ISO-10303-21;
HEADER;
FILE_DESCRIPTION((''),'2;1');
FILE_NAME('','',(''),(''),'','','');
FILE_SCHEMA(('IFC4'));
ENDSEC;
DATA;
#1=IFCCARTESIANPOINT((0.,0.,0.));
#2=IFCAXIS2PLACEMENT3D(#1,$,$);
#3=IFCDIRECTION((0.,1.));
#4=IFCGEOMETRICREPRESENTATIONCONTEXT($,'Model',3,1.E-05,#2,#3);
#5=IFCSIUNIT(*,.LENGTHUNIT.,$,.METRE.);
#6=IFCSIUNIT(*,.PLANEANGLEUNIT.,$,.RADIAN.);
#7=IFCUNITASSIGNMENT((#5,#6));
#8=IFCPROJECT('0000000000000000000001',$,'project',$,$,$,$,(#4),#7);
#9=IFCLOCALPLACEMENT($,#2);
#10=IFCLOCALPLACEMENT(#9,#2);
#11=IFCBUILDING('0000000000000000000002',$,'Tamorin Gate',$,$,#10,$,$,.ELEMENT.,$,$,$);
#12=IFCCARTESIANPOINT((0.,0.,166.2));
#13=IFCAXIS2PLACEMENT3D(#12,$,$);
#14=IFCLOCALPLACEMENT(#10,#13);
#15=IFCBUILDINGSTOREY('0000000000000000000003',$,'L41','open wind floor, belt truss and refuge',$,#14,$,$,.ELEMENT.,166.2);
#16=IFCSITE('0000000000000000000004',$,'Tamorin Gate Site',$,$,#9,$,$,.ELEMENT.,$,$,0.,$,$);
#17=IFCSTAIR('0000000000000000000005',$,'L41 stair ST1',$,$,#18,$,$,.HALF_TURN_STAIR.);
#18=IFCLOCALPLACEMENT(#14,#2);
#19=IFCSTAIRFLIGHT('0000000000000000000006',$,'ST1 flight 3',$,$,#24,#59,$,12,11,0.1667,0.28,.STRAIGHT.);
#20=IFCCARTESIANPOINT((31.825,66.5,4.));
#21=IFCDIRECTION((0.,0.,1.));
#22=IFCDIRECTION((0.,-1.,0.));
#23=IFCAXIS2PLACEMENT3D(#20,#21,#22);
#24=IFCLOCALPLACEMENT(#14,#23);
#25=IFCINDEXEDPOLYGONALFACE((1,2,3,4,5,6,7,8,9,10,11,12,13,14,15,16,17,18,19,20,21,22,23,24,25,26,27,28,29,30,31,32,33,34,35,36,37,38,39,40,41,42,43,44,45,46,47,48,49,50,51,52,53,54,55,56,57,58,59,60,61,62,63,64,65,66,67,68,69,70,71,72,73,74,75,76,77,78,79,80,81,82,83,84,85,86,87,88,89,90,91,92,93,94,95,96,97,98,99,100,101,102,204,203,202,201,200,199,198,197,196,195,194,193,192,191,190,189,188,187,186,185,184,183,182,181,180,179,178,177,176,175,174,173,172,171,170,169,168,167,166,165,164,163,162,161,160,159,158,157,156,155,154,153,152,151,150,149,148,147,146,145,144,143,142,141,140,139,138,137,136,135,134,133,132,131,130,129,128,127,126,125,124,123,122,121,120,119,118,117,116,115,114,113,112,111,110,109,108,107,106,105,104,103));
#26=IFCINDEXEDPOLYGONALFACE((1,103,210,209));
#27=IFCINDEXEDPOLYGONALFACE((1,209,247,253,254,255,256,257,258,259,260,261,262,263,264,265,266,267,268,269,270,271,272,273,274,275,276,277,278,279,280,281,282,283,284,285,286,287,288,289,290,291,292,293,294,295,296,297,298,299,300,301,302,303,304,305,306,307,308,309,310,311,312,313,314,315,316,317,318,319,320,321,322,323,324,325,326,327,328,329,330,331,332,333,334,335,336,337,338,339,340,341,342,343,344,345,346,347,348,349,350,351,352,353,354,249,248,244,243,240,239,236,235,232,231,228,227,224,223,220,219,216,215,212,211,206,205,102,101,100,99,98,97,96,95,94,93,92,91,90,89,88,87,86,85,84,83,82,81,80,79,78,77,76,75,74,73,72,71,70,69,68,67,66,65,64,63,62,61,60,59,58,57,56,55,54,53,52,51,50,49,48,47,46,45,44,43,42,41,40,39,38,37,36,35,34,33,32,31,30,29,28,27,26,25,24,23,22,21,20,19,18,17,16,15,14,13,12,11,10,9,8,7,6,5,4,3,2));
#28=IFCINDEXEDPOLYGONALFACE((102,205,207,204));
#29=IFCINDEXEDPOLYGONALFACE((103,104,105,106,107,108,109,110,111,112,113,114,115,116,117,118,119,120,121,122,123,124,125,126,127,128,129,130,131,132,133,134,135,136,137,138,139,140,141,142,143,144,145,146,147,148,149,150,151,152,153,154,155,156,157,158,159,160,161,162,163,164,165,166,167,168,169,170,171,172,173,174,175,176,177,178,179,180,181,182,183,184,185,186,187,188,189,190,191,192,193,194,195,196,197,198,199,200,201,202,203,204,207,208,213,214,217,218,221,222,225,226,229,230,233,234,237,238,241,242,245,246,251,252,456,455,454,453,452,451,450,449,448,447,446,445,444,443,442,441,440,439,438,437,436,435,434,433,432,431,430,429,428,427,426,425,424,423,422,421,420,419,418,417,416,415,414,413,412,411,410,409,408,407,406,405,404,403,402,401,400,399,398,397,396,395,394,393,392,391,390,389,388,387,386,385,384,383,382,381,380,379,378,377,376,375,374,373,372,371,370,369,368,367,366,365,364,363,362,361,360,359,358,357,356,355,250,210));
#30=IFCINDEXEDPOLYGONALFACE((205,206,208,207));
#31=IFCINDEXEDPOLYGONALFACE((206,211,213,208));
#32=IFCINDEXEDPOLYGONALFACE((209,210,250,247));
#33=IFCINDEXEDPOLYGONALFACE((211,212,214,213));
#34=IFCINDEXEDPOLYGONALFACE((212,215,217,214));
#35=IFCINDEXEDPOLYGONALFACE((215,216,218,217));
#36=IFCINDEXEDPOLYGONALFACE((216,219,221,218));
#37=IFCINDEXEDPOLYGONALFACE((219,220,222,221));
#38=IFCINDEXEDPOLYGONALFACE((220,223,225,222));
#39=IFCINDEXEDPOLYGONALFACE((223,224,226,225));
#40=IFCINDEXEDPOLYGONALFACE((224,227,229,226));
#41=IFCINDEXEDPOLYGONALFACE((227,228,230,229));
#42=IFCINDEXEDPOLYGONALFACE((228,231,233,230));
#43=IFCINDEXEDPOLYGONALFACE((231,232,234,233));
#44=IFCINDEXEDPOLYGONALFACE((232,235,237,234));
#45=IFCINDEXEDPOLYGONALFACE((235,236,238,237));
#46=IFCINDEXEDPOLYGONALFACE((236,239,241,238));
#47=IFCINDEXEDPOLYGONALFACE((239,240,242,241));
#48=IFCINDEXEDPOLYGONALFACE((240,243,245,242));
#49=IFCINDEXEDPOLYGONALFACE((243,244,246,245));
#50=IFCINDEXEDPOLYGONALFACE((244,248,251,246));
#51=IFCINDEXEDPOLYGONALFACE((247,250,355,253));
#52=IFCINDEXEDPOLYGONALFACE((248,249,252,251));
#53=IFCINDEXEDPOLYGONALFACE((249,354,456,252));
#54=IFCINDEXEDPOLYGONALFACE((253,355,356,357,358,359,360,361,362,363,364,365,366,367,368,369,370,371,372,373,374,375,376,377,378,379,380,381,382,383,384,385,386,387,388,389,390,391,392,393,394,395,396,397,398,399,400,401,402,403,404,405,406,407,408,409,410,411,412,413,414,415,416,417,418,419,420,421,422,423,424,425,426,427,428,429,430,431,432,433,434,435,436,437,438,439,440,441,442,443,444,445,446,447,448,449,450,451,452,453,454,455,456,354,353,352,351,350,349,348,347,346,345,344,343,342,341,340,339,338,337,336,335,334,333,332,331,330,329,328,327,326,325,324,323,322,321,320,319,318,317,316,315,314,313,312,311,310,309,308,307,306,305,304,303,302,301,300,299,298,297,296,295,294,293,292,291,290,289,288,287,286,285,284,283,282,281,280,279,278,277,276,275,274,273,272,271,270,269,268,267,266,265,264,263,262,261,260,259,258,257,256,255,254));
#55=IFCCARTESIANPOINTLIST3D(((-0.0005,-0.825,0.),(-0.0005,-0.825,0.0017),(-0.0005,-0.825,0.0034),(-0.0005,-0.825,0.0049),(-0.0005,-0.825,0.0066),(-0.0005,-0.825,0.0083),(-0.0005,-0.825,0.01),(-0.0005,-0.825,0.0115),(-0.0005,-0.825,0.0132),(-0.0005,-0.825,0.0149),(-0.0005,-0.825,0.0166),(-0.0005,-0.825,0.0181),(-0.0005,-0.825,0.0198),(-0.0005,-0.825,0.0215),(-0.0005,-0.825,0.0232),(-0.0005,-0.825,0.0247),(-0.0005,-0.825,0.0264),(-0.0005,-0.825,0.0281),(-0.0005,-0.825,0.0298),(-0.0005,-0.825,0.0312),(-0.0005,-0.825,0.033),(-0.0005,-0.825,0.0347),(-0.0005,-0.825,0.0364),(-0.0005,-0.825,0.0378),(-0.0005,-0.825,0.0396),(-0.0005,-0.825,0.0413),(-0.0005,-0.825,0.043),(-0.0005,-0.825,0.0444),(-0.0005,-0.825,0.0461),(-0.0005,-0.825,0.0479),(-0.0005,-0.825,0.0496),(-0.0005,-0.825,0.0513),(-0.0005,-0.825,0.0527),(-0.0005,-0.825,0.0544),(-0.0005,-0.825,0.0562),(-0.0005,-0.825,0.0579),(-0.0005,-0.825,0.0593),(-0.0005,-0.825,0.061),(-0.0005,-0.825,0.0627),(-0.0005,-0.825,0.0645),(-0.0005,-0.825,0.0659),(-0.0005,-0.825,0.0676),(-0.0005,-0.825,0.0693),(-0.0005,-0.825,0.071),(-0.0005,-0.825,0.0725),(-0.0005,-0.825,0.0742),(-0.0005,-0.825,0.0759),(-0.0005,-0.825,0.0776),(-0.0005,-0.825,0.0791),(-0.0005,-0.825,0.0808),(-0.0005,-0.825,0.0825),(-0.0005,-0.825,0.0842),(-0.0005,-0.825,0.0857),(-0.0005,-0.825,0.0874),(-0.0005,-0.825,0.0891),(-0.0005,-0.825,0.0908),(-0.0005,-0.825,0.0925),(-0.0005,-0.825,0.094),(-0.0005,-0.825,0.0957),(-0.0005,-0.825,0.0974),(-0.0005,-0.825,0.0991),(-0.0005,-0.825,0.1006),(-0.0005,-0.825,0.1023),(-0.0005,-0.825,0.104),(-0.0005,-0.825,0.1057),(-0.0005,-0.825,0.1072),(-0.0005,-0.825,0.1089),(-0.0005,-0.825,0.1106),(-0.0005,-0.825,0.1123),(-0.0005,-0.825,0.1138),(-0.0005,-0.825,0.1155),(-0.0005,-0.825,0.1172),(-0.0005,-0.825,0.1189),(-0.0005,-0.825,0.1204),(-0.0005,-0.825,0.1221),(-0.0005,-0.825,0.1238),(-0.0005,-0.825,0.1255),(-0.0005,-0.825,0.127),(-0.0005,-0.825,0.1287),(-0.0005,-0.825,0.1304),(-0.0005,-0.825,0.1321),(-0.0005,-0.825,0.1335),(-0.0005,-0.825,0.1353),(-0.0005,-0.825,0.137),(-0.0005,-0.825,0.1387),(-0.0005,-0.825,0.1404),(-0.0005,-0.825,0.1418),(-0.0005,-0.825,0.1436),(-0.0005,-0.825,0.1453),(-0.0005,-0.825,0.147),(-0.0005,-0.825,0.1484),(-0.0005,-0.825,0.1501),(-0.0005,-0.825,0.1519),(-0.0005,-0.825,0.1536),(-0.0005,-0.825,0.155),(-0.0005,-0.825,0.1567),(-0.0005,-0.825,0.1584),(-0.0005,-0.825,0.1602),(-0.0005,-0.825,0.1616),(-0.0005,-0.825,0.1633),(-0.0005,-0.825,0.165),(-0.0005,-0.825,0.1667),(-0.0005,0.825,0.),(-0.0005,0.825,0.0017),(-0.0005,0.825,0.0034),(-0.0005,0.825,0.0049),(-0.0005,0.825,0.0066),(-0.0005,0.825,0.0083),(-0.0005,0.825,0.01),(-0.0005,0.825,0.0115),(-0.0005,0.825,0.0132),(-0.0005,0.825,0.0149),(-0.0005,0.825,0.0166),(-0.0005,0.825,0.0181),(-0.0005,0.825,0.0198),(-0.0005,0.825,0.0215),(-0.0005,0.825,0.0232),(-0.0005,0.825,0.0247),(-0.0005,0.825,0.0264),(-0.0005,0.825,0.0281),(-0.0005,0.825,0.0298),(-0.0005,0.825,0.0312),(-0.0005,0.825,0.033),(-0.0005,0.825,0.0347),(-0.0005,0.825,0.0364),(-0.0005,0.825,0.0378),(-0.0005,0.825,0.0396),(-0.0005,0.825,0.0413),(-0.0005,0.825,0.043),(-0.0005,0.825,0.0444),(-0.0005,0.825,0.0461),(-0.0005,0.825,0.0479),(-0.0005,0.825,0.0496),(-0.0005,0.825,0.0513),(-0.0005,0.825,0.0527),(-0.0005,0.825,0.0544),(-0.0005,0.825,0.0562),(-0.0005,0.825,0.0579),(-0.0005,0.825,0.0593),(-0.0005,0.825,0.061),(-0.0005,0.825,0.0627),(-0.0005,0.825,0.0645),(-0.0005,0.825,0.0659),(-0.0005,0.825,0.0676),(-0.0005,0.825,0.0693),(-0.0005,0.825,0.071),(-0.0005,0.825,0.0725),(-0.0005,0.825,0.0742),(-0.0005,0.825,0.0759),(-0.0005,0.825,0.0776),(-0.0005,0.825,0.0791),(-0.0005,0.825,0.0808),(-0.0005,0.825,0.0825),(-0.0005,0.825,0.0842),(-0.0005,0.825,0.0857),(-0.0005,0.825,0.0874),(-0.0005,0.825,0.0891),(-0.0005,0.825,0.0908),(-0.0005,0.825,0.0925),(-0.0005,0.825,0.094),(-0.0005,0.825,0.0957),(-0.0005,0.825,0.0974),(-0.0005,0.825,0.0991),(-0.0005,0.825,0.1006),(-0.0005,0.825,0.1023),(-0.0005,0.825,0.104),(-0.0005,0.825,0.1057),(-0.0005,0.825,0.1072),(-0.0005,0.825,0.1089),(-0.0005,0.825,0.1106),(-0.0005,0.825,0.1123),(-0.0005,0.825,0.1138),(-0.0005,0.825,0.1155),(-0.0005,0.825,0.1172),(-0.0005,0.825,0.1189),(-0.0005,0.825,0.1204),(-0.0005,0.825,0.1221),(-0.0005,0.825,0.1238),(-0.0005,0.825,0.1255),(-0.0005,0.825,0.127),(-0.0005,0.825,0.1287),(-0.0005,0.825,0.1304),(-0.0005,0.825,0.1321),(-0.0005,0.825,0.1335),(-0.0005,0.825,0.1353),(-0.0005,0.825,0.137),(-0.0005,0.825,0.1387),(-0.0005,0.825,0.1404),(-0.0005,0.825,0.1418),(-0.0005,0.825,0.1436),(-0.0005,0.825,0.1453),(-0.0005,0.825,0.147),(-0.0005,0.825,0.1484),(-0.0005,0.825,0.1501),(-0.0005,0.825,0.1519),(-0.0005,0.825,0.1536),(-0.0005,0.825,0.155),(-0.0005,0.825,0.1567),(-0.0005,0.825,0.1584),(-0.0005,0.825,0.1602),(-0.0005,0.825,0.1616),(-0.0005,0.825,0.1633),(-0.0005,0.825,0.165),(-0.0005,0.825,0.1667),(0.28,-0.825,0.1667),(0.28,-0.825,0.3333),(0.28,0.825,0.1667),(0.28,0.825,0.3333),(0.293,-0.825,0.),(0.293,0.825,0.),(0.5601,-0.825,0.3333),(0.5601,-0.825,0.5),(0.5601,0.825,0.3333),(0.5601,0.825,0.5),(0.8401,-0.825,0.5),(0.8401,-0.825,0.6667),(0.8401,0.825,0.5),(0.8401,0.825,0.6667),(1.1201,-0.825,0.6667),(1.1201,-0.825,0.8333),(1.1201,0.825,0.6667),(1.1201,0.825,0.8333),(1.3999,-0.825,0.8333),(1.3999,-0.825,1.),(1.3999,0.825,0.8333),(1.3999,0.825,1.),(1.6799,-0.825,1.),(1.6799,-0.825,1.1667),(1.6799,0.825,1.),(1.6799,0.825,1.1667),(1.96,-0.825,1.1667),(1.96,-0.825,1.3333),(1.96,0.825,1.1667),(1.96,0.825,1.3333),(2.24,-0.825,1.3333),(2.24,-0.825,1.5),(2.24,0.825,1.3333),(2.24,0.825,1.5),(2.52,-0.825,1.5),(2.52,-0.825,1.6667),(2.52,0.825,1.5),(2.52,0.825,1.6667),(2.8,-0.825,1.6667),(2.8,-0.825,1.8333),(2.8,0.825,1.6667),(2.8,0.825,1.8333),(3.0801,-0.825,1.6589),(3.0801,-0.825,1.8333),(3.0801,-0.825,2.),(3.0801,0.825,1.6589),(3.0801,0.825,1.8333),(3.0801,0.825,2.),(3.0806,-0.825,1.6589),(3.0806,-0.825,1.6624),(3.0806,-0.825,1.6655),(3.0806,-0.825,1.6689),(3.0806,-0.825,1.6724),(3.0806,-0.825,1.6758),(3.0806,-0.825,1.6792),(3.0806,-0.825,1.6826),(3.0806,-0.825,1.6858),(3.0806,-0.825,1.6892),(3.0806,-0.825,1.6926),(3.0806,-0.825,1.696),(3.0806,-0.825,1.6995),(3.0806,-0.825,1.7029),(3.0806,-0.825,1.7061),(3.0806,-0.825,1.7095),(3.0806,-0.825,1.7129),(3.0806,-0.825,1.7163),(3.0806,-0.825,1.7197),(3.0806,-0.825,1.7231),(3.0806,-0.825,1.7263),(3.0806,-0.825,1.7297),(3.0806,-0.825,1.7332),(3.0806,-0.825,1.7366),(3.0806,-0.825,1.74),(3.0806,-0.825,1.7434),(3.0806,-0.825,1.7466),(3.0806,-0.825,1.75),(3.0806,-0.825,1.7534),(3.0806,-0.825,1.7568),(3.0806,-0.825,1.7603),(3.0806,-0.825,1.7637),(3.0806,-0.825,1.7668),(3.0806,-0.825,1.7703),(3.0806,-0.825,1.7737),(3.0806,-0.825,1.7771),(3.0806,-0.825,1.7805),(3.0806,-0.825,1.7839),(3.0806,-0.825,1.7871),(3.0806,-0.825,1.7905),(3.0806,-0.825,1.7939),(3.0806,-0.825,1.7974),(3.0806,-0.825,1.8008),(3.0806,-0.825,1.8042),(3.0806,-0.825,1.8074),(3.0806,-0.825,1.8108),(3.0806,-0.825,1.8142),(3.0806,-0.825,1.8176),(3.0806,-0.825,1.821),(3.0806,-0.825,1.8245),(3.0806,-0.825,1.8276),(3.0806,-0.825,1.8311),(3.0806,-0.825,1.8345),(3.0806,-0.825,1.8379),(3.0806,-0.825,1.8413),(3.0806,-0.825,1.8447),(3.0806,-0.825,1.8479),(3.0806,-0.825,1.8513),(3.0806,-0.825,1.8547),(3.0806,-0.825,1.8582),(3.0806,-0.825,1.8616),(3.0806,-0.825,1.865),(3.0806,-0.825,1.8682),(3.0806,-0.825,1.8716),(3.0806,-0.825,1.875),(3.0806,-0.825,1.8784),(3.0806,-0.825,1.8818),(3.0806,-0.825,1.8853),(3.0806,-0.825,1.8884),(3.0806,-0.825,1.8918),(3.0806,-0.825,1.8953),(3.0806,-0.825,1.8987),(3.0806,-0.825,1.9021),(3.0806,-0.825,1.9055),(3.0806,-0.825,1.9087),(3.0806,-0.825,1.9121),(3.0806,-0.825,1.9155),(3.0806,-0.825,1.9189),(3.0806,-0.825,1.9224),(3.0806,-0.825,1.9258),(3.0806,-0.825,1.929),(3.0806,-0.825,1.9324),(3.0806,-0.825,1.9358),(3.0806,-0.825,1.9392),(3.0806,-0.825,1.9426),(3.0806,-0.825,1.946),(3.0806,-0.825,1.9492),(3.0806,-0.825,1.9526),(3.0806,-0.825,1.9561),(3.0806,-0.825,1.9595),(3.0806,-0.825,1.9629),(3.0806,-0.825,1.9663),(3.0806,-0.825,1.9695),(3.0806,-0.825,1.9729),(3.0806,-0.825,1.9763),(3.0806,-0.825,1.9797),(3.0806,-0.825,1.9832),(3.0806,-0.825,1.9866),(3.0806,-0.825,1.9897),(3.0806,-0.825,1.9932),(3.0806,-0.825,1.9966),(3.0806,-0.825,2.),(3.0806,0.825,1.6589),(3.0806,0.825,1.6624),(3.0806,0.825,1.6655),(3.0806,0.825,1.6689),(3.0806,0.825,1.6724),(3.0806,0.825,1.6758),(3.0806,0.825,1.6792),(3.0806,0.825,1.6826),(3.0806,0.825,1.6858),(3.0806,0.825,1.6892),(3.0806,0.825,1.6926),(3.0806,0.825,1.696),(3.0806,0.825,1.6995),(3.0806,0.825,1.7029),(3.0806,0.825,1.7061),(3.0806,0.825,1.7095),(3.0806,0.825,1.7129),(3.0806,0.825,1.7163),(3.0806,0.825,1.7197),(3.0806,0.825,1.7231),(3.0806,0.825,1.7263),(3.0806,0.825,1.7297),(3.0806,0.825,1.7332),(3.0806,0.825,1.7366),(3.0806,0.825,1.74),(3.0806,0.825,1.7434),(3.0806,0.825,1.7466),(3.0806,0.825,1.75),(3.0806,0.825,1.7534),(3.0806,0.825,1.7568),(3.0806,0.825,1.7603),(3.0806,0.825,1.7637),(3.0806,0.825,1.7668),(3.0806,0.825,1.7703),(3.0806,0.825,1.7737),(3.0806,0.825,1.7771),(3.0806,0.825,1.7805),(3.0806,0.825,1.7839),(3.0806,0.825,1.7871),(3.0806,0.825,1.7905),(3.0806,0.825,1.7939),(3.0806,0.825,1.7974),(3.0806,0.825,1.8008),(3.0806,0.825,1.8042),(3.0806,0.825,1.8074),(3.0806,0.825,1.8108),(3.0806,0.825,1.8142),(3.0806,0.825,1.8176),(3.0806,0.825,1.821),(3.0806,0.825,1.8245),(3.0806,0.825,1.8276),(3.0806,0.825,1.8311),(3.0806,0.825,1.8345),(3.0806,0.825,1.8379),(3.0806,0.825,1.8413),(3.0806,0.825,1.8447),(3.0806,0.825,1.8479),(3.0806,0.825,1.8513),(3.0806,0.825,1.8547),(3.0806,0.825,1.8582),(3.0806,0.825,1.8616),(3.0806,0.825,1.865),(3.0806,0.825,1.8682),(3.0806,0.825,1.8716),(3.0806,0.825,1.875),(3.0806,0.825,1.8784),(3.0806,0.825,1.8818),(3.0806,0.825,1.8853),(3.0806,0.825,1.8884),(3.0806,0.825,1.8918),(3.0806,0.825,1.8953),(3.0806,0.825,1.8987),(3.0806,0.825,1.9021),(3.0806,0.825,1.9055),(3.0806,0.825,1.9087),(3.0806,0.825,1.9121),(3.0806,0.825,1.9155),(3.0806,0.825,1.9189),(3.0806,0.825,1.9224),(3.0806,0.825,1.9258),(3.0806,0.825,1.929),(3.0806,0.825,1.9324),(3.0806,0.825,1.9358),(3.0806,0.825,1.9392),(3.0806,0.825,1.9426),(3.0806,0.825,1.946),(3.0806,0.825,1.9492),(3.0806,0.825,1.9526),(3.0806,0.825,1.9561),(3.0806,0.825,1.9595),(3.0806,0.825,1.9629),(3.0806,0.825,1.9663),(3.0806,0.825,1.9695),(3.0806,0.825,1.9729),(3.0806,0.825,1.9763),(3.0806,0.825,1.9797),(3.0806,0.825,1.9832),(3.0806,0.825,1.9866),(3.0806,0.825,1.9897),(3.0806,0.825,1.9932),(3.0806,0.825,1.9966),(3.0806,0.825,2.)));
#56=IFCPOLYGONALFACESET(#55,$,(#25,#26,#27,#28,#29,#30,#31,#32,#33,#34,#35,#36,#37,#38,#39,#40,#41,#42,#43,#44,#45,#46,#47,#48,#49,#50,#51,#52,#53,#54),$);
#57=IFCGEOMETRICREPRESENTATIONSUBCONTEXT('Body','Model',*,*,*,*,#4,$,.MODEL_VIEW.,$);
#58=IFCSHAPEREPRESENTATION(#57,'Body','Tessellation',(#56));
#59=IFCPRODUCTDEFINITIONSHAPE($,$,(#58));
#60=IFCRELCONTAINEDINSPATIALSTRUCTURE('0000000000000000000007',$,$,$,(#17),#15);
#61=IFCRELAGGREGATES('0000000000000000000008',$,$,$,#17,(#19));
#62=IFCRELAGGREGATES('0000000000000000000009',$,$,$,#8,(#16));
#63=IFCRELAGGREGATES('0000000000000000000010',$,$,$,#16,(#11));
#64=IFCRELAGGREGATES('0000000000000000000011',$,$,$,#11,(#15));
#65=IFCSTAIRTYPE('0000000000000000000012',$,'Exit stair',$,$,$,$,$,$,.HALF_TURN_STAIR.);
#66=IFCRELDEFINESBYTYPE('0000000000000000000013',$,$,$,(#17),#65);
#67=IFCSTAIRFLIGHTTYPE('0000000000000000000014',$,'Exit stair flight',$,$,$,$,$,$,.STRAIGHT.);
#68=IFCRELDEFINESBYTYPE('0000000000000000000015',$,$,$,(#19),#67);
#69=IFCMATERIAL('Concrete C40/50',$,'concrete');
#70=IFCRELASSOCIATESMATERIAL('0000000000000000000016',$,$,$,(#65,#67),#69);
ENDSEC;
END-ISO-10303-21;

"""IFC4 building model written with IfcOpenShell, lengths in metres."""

from ifc_helpers import new_model, si_unit, direction, frame, origin, place, context, subcontext, project, spatial, polyline, outline, extrude, material, type_object, element, aggregate, save


model = new_model("IFC4")

# Units and contexts
model_context = context("Model", 3, precision=1e-05, world=origin(), true_north=direction((0.0, 1.0)))
body_context = subcontext(model_context, "Body", "Model", "MODEL_VIEW")
ifc_project = project(units=[si_unit("LENGTHUNIT", "METRE"), si_unit("PLANEANGLEUNIT", "RADIAN")], contexts=[model_context])

# Site, building, storey
site_placement = place(None, origin())
site = spatial("IfcSite", under=ifc_project, at=site_placement, Name="Tamorin Gate Site", CompositionType="ELEMENT", RefElevation=0.0)
building_placement = place(site_placement, origin())
building = spatial("IfcBuilding", under=site, at=building_placement, Name="Tamorin Gate", CompositionType="ELEMENT")
storey_placement = place(building_placement, frame((0.0, 0.0, 166.2)))
storey = spatial("IfcBuildingStorey", under=building, at=storey_placement, Name="L41", Description="open wind floor, belt truss and refuge", CompositionType="ELEMENT", Elevation=166.2)

# Shared definitions
ifc_material_1 = material(Name="Concrete C40/50", Category="concrete")

# Stair, stair flight
stair_type = type_object("IfcStairType", Name="Exit stair", PredefinedType="HALF_TURN_STAIR", material=ifc_material_1)
stair_1_placement = place(storey_placement, origin())
stair_1 = element("IfcStair", 1, at=stair_1_placement, inside=storey, type_object=stair_type, Name="L41 stair ST1", PredefinedType="HALF_TURN_STAIR")
stair_flight_type = type_object("IfcStairFlightType", Name="Exit stair flight", PredefinedType="STRAIGHT", material=ifc_material_1)
stair_flight_1_placement = place(storey_placement, frame((31.825, 66.5, 4.0), z_axis=(0.0, 0.0, 1.0), x_axis=(0.0, -1.0, 0.0)))
stair_flight_1 = element("IfcStairFlight", 2, at=stair_flight_1_placement, type_object=stair_flight_type, Name="ST1 flight 3", NumberOfRisers=12, NumberOfTreads=11, PredefinedType="STRAIGHT", RiserHeight=0.1667, TreadLength=0.28, context=body_context, shape_type="SweptSolid", body=[
    extrude(outline(polyline([(-0.0005, 0.0), (-0.0005, 0.0017), (-0.0005, 0.0034), (-0.0005, 0.0049), (-0.0005, 0.0066), (-0.0005, 0.0083), (-0.0005, 0.01), (-0.0005, 0.0115), (-0.0005, 0.0132), (-0.0005, 0.0149), (-0.0005, 0.0166), (-0.0005, 0.0181), (-0.0005, 0.0198), (-0.0005, 0.0215), (-0.0005, 0.0232), (-0.0005, 0.0247), (-0.0005, 0.0264), (-0.0005, 0.0281), (-0.0005, 0.0298), (-0.0005, 0.0312), (-0.0005, 0.033), (-0.0005, 0.0347), (-0.0005, 0.0364), (-0.0005, 0.0378), (-0.0005, 0.0396), (-0.0005, 0.0413), (-0.0005, 0.043), (-0.0005, 0.0444), (-0.0005, 0.0461), (-0.0005, 0.0479), (-0.0005, 0.0496), (-0.0005, 0.0513), (-0.0005, 0.0527), (-0.0005, 0.0544), (-0.0005, 0.0562), (-0.0005, 0.0579), (-0.0005, 0.0593), (-0.0005, 0.061), (-0.0005, 0.0627), (-0.0005, 0.0645), (-0.0005, 0.0659), (-0.0005, 0.0676), (-0.0005, 0.0693), (-0.0005, 0.071), (-0.0005, 0.0725), (-0.0005, 0.0742), (-0.0005, 0.0759), (-0.0005, 0.0776), (-0.0005, 0.0791), (-0.0005, 0.0808), (-0.0005, 0.0825), (-0.0005, 0.0842), (-0.0005, 0.0857), (-0.0005, 0.0874), (-0.0005, 0.0891), (-0.0005, 0.0908), (-0.0005, 0.0925), (-0.0005, 0.094), (-0.0005, 0.0957), (-0.0005, 0.0974), (-0.0005, 0.0991), (-0.0005, 0.1006), (-0.0005, 0.1023), (-0.0005, 0.104), (-0.0005, 0.1057), (-0.0005, 0.1072), (-0.0005, 0.1089), (-0.0005, 0.1106), (-0.0005, 0.1123), (-0.0005, 0.1138), (-0.0005, 0.1155), (-0.0005, 0.1172), (-0.0005, 0.1189), (-0.0005, 0.1204), (-0.0005, 0.1221), (-0.0005, 0.1238), (-0.0005, 0.1255), (-0.0005, 0.127), (-0.0005, 0.1287), (-0.0005, 0.1304), (-0.0005, 0.1321), (-0.0005, 0.1335), (-0.0005, 0.1353), (-0.0005, 0.137), (-0.0005, 0.1387), (-0.0005, 0.1404), (-0.0005, 0.1418), (-0.0005, 0.1436), (-0.0005, 0.1453), (-0.0005, 0.147), (-0.0005, 0.1484), (-0.0005, 0.1501), (-0.0005, 0.1519), (-0.0005, 0.1536), (-0.0005, 0.155), (-0.0005, 0.1567), (-0.0005, 0.1584), (-0.0005, 0.1602), (-0.0005, 0.1616), (-0.0005, 0.1633), (-0.0005, 0.165), (-0.0005, 0.1667), (0.28, 0.1667), (0.28, 0.3333), (0.5601, 0.3333), (0.5601, 0.5), (0.8401, 0.5), (0.8401, 0.6667), (1.1201, 0.6667), (1.1201, 0.8333), (1.3999, 0.8333), (1.3999, 1.0), (1.6799, 1.0), (1.6799, 1.1667), (1.96, 1.1667), (1.96, 1.3333), (2.24, 1.3333), (2.24, 1.5), (2.52, 1.5), (2.52, 1.6667), (2.8, 1.6667), (2.8, 1.8333), (3.0801, 1.8333), (3.0801, 2.0), (3.0806, 2.0), (3.0806, 1.9966), (3.0806, 1.9932), (3.0806, 1.9897), (3.0806, 1.9866), (3.0806, 1.9832), (3.0806, 1.9797), (3.0806, 1.9763), (3.0806, 1.9729), (3.0806, 1.9695), (3.0806, 1.9663), (3.0806, 1.9629), (3.0806, 1.9595), (3.0806, 1.9561), (3.0806, 1.9526), (3.0806, 1.9492), (3.0806, 1.946), (3.0806, 1.9426), (3.0806, 1.9392), (3.0806, 1.9358), (3.0806, 1.9324), (3.0806, 1.929), (3.0806, 1.9258), (3.0806, 1.9224), (3.0806, 1.9189), (3.0806, 1.9155), (3.0806, 1.9121), (3.0806, 1.9087), (3.0806, 1.9055), (3.0806, 1.9021), (3.0806, 1.8987), (3.0806, 1.8953), (3.0806, 1.8918), (3.0806, 1.8884), (3.0806, 1.8853), (3.0806, 1.8818), (3.0806, 1.8784), (3.0806, 1.875), (3.0806, 1.8716), (3.0806, 1.8682), (3.0806, 1.865), (3.0806, 1.8616), (3.0806, 1.8582), (3.0806, 1.8547), (3.0806, 1.8513), (3.0806, 1.8479), (3.0806, 1.8447), (3.0806, 1.8413), (3.0806, 1.8379), (3.0806, 1.8345), (3.0806, 1.8311), (3.0806, 1.8276), (3.0806, 1.8245), (3.0806, 1.821), (3.0806, 1.8176), (3.0806, 1.8142), (3.0806, 1.8108), (3.0806, 1.8074), (3.0806, 1.8042), (3.0806, 1.8008), (3.0806, 1.7974), (3.0806, 1.7939), (3.0806, 1.7905), (3.0806, 1.7871), (3.0806, 1.7839), (3.0806, 1.7805), (3.0806, 1.7771), (3.0806, 1.7737), (3.0806, 1.7703), (3.0806, 1.7668), (3.0806, 1.7637), (3.0806, 1.7603), (3.0806, 1.7568), (3.0806, 1.7534), (3.0806, 1.75), (3.0806, 1.7466), (3.0806, 1.7434), (3.0806, 1.74), (3.0806, 1.7366), (3.0806, 1.7332), (3.0806, 1.7297), (3.0806, 1.7263), (3.0806, 1.7231), (3.0806, 1.7197), (3.0806, 1.7163), (3.0806, 1.7129), (3.0806, 1.7095), (3.0806, 1.7061), (3.0806, 1.7029), (3.0806, 1.6995), (3.0806, 1.696), (3.0806, 1.6926), (3.0806, 1.6892), (3.0806, 1.6858), (3.0806, 1.6826), (3.0806, 1.6792), (3.0806, 1.6758), (3.0806, 1.6724), (3.0806, 1.6689), (3.0806, 1.6655), (3.0806, 1.6624), (3.0806, 1.6589), (3.0801, 1.6589), (0.293, 0.0), (-0.0005, 0.0)])), frame((0.0, 0.825, 0.0), z_axis=(0.0, -1.0, 0.0), x_axis=(1.0, 0.0, 0.0)), (0.0, 0.0, 1.0), 1.6499),
])
aggregate(stair_1, [stair_flight_1])

save(model, "model.ifc")
